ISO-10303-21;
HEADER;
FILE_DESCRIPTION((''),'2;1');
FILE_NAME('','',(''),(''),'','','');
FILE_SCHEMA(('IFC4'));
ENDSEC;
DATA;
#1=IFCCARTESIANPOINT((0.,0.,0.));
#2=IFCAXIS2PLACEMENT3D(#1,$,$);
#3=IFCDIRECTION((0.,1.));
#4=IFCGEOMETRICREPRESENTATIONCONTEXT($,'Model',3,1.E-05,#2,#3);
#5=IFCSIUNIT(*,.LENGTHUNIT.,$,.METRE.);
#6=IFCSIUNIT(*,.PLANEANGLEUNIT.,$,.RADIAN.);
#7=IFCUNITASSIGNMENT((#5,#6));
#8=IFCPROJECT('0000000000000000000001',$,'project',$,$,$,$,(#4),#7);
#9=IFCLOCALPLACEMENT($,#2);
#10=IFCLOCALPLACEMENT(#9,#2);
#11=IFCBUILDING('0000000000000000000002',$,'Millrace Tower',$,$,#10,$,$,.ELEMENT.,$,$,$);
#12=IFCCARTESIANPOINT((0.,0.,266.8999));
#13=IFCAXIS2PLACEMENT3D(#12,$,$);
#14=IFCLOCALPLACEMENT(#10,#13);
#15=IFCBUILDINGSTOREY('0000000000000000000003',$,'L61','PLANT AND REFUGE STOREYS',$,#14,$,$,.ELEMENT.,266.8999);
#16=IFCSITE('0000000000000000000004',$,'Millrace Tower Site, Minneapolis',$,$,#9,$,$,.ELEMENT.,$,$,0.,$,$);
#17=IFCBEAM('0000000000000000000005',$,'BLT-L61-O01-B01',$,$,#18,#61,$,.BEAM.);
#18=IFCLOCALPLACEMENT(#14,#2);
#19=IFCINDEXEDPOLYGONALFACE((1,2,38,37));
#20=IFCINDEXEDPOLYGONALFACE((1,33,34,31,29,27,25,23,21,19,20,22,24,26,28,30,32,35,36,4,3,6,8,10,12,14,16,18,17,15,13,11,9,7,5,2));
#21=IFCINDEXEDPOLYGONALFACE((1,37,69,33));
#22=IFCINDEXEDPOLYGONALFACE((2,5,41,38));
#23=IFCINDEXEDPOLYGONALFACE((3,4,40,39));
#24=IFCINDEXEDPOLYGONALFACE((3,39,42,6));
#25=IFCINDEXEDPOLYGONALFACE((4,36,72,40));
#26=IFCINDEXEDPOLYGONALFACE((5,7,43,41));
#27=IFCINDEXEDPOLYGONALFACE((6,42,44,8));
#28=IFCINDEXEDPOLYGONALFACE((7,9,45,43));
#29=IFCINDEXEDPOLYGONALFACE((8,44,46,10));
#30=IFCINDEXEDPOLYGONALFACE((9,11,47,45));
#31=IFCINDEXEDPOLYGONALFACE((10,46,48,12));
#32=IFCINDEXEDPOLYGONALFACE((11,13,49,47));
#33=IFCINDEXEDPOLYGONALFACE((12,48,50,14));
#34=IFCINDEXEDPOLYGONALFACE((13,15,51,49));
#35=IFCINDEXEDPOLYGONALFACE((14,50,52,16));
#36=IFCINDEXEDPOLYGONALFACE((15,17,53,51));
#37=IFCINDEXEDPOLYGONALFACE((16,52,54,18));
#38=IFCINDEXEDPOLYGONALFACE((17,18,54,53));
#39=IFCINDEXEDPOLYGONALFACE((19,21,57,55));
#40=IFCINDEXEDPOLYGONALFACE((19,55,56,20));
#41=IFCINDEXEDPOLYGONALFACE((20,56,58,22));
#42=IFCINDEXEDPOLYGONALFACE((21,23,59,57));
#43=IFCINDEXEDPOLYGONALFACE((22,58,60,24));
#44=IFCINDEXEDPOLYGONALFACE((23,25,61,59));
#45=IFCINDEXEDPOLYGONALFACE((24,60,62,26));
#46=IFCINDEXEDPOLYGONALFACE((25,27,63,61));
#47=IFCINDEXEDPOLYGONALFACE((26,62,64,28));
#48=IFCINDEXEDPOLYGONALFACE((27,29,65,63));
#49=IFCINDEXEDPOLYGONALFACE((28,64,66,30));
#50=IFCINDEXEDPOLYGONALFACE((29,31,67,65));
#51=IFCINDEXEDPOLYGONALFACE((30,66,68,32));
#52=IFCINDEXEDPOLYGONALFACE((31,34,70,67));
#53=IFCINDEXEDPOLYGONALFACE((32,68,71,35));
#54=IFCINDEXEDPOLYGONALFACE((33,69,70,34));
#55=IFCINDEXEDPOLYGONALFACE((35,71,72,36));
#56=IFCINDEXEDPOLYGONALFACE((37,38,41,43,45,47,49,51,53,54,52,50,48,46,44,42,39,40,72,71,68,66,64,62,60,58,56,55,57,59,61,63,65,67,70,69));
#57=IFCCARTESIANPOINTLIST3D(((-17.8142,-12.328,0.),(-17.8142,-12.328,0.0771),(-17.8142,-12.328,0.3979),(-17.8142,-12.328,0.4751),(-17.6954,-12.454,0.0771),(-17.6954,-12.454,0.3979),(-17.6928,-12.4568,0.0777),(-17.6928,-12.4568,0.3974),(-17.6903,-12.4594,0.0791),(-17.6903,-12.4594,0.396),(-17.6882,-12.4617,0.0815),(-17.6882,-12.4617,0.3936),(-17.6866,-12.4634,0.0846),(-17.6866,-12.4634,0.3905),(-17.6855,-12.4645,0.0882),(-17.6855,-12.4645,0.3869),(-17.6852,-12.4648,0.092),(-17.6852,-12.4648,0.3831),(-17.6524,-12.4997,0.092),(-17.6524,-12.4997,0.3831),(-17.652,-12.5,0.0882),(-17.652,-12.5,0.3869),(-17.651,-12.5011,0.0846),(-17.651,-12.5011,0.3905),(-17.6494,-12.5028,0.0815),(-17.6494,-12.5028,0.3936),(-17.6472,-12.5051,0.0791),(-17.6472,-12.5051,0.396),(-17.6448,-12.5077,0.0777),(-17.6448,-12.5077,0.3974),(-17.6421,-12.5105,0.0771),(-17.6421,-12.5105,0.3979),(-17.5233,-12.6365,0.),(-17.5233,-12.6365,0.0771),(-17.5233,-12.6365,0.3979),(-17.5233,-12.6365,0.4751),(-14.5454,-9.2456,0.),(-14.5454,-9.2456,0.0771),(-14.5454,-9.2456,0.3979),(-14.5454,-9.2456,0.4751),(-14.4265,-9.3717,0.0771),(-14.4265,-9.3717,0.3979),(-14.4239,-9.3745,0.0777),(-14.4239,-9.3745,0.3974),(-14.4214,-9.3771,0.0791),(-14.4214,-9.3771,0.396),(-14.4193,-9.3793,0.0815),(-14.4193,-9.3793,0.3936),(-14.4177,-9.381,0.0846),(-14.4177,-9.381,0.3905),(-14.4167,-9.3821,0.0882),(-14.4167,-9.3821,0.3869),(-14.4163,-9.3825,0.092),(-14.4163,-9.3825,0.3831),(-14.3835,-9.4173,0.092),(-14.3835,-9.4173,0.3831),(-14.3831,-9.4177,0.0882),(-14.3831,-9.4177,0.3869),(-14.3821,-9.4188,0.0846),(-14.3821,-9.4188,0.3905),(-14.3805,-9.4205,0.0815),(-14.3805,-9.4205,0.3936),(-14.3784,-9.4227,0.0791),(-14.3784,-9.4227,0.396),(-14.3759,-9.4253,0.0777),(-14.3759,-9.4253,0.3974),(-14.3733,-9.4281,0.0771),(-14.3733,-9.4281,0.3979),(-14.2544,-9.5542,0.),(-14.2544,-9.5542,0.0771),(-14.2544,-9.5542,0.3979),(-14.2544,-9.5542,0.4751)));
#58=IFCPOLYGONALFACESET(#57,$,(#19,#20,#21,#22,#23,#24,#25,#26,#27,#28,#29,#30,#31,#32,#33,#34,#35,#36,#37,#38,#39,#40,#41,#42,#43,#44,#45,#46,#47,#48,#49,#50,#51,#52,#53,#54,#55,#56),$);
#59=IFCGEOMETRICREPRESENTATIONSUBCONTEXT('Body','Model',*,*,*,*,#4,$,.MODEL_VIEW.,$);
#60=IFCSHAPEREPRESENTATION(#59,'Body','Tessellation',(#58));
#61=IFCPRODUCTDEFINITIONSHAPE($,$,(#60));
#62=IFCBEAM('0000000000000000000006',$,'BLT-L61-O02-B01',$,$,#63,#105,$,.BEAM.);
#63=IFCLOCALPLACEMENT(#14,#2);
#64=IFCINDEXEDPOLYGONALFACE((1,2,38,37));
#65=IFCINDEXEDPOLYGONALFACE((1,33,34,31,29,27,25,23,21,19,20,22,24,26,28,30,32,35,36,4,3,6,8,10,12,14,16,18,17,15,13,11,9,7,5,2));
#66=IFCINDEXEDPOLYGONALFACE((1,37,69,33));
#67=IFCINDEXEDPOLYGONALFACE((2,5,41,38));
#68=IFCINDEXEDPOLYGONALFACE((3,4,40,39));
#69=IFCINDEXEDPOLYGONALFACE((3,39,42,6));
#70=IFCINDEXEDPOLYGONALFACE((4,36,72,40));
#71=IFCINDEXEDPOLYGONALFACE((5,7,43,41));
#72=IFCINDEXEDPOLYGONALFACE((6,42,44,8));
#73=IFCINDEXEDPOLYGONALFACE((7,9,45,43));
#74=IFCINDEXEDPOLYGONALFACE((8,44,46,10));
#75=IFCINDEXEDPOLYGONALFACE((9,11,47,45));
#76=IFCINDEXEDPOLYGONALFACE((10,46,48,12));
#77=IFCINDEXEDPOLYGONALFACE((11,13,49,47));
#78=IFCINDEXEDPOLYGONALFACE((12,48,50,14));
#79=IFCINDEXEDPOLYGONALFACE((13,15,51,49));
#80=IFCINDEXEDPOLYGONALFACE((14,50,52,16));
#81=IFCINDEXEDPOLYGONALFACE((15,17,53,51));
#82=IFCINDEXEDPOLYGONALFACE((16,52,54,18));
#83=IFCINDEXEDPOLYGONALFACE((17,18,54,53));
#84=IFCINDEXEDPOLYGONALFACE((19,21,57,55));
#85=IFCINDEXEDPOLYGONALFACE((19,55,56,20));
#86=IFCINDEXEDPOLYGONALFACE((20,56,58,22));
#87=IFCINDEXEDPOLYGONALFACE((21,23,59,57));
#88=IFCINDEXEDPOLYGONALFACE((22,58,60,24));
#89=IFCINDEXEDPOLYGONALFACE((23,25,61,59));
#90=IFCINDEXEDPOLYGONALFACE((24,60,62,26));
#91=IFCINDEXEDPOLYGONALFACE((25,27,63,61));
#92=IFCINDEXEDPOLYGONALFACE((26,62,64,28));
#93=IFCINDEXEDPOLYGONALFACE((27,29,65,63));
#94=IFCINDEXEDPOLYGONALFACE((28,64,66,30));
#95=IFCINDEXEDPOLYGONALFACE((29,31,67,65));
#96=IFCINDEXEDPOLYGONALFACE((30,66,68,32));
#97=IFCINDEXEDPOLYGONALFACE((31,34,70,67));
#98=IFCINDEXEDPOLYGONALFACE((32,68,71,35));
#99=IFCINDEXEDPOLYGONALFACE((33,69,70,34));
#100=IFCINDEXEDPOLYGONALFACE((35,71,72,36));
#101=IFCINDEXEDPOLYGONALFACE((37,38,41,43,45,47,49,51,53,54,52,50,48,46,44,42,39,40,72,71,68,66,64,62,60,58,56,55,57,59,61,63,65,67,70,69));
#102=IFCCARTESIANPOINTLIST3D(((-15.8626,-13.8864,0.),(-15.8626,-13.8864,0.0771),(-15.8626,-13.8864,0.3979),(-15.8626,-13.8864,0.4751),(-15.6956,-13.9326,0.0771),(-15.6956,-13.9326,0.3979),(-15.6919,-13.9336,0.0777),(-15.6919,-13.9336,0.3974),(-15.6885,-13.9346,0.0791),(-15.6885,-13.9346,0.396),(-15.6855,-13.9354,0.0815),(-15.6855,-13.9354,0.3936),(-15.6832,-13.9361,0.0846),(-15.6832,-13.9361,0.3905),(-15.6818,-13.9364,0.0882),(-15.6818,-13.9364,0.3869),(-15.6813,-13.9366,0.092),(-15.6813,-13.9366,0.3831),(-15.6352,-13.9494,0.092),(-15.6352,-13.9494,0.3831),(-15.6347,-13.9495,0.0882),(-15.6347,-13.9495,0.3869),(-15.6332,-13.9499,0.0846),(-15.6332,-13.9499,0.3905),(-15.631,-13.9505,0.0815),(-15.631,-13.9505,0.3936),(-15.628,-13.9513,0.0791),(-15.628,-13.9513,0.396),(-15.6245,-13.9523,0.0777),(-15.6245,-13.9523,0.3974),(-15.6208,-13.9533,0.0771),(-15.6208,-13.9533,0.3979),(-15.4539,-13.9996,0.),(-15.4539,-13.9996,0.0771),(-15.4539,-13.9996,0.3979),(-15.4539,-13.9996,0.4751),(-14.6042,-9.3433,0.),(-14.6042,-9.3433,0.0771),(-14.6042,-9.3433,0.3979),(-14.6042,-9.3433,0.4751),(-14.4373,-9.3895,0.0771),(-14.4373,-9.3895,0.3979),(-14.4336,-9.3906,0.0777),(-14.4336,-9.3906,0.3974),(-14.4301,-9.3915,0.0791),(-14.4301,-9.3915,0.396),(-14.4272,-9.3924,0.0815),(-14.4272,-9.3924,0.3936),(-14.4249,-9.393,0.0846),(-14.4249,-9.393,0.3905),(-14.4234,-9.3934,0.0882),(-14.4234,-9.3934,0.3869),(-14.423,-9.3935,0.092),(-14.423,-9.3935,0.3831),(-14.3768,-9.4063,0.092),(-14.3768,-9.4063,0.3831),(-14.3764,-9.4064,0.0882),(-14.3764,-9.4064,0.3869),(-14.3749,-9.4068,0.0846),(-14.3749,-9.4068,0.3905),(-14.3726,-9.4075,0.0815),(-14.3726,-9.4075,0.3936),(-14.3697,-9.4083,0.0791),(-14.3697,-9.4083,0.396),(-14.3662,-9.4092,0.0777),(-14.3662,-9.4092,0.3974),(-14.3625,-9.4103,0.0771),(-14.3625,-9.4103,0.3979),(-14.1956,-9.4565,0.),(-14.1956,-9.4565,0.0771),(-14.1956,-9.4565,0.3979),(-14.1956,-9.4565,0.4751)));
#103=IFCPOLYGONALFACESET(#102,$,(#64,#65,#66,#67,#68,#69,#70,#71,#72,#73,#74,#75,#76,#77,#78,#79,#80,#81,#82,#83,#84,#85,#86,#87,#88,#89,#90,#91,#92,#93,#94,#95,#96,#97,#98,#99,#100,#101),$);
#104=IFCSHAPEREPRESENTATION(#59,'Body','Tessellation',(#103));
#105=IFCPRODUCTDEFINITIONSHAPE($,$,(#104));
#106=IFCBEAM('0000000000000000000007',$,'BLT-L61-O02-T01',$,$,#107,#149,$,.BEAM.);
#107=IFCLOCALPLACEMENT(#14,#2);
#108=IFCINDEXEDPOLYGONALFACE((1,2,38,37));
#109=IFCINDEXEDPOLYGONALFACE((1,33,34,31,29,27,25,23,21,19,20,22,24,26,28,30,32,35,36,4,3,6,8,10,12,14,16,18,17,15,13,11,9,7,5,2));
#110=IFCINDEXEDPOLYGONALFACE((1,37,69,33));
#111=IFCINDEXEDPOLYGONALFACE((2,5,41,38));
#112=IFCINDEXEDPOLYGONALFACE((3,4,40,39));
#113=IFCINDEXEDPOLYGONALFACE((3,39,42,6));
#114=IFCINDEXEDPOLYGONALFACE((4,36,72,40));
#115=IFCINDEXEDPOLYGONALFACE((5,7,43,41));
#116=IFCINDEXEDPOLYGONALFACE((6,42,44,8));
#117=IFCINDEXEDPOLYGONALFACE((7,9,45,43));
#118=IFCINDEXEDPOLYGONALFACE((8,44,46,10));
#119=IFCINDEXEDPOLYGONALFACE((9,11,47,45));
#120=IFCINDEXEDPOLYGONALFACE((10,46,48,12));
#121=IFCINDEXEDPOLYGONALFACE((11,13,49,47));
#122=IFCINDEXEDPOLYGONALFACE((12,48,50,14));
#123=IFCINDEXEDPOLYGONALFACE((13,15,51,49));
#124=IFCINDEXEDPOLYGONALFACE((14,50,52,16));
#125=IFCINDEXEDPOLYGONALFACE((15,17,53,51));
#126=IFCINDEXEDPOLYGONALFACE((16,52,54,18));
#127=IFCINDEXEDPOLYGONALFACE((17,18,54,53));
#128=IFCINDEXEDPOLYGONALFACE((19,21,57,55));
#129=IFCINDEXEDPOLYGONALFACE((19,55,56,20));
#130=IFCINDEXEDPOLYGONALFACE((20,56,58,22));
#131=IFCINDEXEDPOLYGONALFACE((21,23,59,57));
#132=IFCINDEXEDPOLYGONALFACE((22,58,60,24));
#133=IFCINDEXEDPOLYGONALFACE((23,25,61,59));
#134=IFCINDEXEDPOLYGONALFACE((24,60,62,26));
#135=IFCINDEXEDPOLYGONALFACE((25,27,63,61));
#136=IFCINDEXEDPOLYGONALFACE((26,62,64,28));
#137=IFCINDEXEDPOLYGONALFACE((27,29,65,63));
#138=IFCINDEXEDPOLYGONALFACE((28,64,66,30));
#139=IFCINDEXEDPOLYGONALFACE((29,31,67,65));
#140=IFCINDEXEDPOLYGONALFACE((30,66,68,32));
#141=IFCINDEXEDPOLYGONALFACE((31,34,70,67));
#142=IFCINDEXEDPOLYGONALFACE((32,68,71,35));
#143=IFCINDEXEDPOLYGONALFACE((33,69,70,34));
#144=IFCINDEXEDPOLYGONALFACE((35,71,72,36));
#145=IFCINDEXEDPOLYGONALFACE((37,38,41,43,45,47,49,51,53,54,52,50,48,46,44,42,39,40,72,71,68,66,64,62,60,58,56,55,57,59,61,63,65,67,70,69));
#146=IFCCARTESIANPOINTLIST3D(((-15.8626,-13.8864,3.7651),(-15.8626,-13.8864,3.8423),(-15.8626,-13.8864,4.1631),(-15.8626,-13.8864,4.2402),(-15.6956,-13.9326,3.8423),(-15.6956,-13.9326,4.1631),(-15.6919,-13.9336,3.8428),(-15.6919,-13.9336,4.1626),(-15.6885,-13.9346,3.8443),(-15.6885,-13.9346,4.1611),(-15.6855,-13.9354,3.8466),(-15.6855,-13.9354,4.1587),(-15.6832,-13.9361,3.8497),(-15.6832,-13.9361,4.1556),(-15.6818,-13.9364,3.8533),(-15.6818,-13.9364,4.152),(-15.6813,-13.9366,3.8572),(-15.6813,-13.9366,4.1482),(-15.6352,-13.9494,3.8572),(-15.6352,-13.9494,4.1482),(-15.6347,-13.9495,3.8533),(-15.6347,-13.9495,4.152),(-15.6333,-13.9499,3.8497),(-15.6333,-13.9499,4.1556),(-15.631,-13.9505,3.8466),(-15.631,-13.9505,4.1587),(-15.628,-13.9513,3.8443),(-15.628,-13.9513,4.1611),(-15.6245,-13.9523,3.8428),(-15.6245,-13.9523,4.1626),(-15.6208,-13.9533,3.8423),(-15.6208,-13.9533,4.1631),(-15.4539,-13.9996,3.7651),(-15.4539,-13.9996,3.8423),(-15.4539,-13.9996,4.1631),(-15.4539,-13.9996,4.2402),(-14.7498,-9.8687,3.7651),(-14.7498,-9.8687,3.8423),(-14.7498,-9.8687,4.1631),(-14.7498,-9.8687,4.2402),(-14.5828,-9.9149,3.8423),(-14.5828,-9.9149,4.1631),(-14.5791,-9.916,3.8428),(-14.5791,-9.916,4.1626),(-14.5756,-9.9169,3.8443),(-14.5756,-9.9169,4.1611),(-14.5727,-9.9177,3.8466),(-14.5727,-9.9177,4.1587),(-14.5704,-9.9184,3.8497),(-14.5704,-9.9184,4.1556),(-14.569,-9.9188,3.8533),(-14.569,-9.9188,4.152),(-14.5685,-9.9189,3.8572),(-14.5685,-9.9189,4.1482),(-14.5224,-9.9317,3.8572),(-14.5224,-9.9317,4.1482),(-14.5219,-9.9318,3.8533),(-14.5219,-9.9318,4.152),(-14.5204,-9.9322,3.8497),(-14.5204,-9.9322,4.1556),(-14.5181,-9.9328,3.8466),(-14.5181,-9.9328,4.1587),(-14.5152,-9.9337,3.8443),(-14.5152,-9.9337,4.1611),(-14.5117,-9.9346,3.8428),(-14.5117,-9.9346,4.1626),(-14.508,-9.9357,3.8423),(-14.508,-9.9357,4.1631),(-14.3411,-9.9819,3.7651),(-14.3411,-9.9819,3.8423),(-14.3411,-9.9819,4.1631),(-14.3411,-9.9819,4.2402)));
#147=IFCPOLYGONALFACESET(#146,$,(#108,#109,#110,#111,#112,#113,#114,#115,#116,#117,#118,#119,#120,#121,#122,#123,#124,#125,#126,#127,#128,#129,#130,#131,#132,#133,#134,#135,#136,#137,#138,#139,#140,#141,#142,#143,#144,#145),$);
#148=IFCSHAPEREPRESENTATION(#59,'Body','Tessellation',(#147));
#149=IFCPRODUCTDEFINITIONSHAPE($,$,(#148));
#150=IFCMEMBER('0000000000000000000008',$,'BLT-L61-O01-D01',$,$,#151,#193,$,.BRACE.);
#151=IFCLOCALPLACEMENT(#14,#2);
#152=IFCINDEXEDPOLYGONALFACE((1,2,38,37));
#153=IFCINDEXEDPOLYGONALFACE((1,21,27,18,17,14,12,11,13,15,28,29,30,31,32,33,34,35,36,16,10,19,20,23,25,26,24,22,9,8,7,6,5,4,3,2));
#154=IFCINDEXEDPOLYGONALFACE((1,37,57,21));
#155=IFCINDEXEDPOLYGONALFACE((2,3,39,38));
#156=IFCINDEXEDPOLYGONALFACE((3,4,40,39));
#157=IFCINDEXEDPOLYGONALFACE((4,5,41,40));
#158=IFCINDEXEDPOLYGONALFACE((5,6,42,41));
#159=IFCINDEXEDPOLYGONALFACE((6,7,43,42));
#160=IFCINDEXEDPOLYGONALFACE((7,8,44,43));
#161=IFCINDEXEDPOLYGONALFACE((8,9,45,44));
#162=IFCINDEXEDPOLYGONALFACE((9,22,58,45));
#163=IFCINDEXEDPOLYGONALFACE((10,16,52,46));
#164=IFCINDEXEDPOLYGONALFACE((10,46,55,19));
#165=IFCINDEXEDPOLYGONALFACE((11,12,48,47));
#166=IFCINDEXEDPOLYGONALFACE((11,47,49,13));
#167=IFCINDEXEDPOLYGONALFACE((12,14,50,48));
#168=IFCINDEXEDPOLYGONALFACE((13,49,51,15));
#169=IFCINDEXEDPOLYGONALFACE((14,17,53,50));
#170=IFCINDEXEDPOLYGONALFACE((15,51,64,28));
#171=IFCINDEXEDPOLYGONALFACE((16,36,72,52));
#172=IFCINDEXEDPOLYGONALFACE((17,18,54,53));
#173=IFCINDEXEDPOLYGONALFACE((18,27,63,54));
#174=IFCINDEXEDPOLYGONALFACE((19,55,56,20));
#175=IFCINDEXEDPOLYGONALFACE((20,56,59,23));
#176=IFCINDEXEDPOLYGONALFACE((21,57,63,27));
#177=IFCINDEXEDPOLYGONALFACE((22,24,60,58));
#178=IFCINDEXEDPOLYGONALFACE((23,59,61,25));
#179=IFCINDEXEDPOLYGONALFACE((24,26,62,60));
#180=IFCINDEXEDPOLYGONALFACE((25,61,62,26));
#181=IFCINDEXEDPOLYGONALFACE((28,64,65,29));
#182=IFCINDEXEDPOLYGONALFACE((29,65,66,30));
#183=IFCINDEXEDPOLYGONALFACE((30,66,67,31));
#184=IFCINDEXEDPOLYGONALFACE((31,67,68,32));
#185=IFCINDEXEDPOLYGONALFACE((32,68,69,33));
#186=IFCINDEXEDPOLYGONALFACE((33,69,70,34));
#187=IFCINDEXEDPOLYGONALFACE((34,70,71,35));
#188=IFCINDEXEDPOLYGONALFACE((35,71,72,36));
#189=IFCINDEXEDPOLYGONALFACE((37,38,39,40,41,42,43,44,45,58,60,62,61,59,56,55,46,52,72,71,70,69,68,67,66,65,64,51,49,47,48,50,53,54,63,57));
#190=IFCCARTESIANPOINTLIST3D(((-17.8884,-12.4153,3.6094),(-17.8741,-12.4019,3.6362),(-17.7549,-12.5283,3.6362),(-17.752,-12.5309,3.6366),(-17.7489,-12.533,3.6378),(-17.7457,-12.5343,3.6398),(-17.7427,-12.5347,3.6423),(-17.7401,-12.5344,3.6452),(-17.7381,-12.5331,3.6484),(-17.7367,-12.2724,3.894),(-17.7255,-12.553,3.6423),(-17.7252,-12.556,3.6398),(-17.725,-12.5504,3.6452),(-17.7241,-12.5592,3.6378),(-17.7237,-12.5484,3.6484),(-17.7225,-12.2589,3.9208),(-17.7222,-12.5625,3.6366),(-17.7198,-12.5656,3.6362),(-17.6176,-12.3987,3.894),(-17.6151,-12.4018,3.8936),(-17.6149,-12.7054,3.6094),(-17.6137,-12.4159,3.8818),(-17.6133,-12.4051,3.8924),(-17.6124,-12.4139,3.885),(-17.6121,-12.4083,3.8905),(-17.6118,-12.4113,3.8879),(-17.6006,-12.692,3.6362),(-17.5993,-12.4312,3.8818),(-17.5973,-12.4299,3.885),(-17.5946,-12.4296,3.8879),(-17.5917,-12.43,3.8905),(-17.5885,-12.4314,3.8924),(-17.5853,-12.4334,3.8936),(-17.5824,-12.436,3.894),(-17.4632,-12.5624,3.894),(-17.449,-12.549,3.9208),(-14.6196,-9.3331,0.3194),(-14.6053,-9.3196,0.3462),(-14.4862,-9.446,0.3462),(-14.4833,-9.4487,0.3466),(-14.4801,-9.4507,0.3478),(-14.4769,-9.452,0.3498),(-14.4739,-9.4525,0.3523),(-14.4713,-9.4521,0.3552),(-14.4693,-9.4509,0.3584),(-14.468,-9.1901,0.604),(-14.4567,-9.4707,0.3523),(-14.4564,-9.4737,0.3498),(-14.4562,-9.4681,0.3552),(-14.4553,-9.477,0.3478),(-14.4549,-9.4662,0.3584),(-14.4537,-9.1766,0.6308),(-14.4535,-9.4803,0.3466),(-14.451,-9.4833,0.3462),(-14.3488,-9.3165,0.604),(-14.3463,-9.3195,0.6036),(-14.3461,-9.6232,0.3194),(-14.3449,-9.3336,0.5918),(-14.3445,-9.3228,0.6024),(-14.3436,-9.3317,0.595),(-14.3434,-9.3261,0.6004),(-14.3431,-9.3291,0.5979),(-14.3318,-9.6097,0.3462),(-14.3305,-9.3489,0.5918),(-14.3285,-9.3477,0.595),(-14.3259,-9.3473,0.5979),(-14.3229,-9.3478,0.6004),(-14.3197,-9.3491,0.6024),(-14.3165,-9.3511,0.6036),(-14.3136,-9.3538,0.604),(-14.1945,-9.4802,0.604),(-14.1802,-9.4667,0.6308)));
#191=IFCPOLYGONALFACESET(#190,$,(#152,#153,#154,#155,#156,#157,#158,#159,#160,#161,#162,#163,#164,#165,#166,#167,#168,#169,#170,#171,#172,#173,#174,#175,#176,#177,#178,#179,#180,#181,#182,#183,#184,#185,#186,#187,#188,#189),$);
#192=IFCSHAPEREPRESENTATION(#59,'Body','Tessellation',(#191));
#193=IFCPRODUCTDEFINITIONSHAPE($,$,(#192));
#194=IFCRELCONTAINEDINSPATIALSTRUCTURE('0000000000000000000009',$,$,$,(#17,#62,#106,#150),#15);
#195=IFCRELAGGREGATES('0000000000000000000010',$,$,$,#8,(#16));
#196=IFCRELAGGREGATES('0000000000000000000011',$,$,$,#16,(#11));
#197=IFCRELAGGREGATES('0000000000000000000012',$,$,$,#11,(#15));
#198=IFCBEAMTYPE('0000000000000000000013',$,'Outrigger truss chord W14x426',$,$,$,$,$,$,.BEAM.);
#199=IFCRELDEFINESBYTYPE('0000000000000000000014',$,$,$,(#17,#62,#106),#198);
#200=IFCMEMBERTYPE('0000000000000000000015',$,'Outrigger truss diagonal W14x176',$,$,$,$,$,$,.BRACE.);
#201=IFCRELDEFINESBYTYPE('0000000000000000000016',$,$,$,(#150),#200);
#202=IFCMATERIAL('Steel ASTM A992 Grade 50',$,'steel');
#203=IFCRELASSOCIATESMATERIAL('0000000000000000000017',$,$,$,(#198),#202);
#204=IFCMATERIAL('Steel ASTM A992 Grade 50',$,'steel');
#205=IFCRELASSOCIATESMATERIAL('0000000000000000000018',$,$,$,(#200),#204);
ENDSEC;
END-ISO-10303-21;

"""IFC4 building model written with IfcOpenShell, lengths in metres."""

from ifc_helpers import new_model, si_unit, direction, frame, origin, origin_2d, place, context, subcontext, project, spatial, i_section, extrude, material, material_profile, profile_set, type_object, element, save


model = new_model("IFC4")

# Units and contexts
model_context = context("Model", 3, precision=1e-05, world=origin(), true_north=direction((0.0, 1.0)))
body_context = subcontext(model_context, "Body", "Model", "MODEL_VIEW")
ifc_project = project(units=[si_unit("LENGTHUNIT", "METRE"), si_unit("PLANEANGLEUNIT", "RADIAN")], contexts=[model_context])

# Site, building, storey
site_placement = place(None, origin())
site = spatial("IfcSite", under=ifc_project, at=site_placement, Name="Millrace Tower Site, Minneapolis", CompositionType="ELEMENT", RefElevation=0.0)
building_placement = place(site_placement, origin())
building = spatial("IfcBuilding", under=site, at=building_placement, Name="Millrace Tower", CompositionType="ELEMENT")
storey_placement = place(building_placement, frame((0.0, 0.0, 266.8999)))
storey = spatial("IfcBuildingStorey", under=building, at=storey_placement, Name="L61", Description="PLANT AND REFUGE STOREYS", CompositionType="ELEMENT", Elevation=266.8999)

# Beams
ifc_material_1 = material(Name="Steel ASTM A992 Grade 50", Category="steel")
ifc_material_profile_1 = material_profile(ifc_material_1, i_section(OverallWidth=0.4241, OverallDepth=0.4751, WebThickness=0.0479, FlangeThickness=0.0771, FilletRadius=0.0149, at=origin_2d()))
ifc_profile_set_1 = profile_set([ifc_material_profile_1], Name="Steel ASTM A992 Grade 50")
beam_type = type_object("IfcBeamType", Name="Outrigger truss chord W14x426", PredefinedType="BEAM", material=ifc_profile_set_1)
beam_1_placement = place(storey_placement, frame((-14.3999, -9.3999, 0.2375), z_axis=(-0.72756, -0.686044, 0.0), x_axis=(0.686044, -0.72756, 0.0)))
element("IfcBeam", 1, at=beam_1_placement, inside=storey, type_object=beam_type, Name="BLT-L61-O01-B01", PredefinedType="BEAM", context=body_context, shape_type="SweptSolid", body=[
    extrude(i_section(OverallWidth=0.4241, OverallDepth=0.4751, WebThickness=0.0479, FlangeThickness=0.0771, FilletRadius=0.0149, at=origin_2d()), origin(), (0.0, 0.0, 1.0), 4.4929),
])
beam_2_placement = place(storey_placement, frame((-14.3999, -9.3999, 0.2375), z_axis=(-0.266928, -0.963716, 0.0), x_axis=(0.963716, -0.266928, 0.0)))
element("IfcBeam", 2, at=beam_2_placement, inside=storey, type_object=beam_type, Name="BLT-L61-O02-B01", PredefinedType="BEAM", context=body_context, shape_type="SweptSolid", body=[
    extrude(i_section(OverallWidth=0.4241, OverallDepth=0.4751, WebThickness=0.0479, FlangeThickness=0.0771, FilletRadius=0.0149, at=origin_2d()), origin(), (0.0, 0.0, 1.0), 4.7141),
])
beam_3_placement = place(storey_placement, frame((-14.5454, -9.9253, 4.0027), z_axis=(-0.266931, -0.963716, 0.0), x_axis=(0.963716, -0.266931, 0.0)))
element("IfcBeam", 3, at=beam_3_placement, inside=storey, type_object=beam_type, Name="BLT-L61-O02-T01", PredefinedType="BEAM", context=body_context, shape_type="SweptSolid", body=[
    extrude(i_section(OverallWidth=0.4241, OverallDepth=0.4751, WebThickness=0.0479, FlangeThickness=0.0771, FilletRadius=0.0149, at=origin_2d()), origin(), (0.0, 0.0, 1.0), 4.1689),
])

# Member
ifc_material_2 = material(Name="Steel ASTM A992 Grade 50", Category="steel")
ifc_material_profile_2 = material_profile(ifc_material_2, i_section(OverallWidth=0.3987, OverallDepth=0.386, WebThickness=0.021, FlangeThickness=0.0332, FilletRadius=0.0151, at=origin_2d()))
ifc_profile_set_2 = profile_set([ifc_material_profile_2], Name="Steel ASTM A992 Grade 50")
member_type_1 = type_object("IfcMemberType", Name="Outrigger truss diagonal W14x176", PredefinedType="BRACE", material=ifc_profile_set_2)
member_1_placement = place(storey_placement, frame((-14.3999, -9.3999, 0.4751), z_axis=(-0.587001, -0.553505, 0.590815), x_axis=(0.686044, -0.72756, 0.0)))
element("IfcMember", 4, at=member_1_placement, inside=storey, type_object=member_type_1, Name="BLT-L61-O01-D01", PredefinedType="BRACE", context=body_context, shape_type="SweptSolid", body=[
    extrude(i_section(OverallWidth=0.3987, OverallDepth=0.386, WebThickness=0.021, FlangeThickness=0.0332, FilletRadius=0.0151, at=origin_2d()), origin(), (0.0, 0.0, 1.0), 5.5686),
])

save(model, "model.ifc")
